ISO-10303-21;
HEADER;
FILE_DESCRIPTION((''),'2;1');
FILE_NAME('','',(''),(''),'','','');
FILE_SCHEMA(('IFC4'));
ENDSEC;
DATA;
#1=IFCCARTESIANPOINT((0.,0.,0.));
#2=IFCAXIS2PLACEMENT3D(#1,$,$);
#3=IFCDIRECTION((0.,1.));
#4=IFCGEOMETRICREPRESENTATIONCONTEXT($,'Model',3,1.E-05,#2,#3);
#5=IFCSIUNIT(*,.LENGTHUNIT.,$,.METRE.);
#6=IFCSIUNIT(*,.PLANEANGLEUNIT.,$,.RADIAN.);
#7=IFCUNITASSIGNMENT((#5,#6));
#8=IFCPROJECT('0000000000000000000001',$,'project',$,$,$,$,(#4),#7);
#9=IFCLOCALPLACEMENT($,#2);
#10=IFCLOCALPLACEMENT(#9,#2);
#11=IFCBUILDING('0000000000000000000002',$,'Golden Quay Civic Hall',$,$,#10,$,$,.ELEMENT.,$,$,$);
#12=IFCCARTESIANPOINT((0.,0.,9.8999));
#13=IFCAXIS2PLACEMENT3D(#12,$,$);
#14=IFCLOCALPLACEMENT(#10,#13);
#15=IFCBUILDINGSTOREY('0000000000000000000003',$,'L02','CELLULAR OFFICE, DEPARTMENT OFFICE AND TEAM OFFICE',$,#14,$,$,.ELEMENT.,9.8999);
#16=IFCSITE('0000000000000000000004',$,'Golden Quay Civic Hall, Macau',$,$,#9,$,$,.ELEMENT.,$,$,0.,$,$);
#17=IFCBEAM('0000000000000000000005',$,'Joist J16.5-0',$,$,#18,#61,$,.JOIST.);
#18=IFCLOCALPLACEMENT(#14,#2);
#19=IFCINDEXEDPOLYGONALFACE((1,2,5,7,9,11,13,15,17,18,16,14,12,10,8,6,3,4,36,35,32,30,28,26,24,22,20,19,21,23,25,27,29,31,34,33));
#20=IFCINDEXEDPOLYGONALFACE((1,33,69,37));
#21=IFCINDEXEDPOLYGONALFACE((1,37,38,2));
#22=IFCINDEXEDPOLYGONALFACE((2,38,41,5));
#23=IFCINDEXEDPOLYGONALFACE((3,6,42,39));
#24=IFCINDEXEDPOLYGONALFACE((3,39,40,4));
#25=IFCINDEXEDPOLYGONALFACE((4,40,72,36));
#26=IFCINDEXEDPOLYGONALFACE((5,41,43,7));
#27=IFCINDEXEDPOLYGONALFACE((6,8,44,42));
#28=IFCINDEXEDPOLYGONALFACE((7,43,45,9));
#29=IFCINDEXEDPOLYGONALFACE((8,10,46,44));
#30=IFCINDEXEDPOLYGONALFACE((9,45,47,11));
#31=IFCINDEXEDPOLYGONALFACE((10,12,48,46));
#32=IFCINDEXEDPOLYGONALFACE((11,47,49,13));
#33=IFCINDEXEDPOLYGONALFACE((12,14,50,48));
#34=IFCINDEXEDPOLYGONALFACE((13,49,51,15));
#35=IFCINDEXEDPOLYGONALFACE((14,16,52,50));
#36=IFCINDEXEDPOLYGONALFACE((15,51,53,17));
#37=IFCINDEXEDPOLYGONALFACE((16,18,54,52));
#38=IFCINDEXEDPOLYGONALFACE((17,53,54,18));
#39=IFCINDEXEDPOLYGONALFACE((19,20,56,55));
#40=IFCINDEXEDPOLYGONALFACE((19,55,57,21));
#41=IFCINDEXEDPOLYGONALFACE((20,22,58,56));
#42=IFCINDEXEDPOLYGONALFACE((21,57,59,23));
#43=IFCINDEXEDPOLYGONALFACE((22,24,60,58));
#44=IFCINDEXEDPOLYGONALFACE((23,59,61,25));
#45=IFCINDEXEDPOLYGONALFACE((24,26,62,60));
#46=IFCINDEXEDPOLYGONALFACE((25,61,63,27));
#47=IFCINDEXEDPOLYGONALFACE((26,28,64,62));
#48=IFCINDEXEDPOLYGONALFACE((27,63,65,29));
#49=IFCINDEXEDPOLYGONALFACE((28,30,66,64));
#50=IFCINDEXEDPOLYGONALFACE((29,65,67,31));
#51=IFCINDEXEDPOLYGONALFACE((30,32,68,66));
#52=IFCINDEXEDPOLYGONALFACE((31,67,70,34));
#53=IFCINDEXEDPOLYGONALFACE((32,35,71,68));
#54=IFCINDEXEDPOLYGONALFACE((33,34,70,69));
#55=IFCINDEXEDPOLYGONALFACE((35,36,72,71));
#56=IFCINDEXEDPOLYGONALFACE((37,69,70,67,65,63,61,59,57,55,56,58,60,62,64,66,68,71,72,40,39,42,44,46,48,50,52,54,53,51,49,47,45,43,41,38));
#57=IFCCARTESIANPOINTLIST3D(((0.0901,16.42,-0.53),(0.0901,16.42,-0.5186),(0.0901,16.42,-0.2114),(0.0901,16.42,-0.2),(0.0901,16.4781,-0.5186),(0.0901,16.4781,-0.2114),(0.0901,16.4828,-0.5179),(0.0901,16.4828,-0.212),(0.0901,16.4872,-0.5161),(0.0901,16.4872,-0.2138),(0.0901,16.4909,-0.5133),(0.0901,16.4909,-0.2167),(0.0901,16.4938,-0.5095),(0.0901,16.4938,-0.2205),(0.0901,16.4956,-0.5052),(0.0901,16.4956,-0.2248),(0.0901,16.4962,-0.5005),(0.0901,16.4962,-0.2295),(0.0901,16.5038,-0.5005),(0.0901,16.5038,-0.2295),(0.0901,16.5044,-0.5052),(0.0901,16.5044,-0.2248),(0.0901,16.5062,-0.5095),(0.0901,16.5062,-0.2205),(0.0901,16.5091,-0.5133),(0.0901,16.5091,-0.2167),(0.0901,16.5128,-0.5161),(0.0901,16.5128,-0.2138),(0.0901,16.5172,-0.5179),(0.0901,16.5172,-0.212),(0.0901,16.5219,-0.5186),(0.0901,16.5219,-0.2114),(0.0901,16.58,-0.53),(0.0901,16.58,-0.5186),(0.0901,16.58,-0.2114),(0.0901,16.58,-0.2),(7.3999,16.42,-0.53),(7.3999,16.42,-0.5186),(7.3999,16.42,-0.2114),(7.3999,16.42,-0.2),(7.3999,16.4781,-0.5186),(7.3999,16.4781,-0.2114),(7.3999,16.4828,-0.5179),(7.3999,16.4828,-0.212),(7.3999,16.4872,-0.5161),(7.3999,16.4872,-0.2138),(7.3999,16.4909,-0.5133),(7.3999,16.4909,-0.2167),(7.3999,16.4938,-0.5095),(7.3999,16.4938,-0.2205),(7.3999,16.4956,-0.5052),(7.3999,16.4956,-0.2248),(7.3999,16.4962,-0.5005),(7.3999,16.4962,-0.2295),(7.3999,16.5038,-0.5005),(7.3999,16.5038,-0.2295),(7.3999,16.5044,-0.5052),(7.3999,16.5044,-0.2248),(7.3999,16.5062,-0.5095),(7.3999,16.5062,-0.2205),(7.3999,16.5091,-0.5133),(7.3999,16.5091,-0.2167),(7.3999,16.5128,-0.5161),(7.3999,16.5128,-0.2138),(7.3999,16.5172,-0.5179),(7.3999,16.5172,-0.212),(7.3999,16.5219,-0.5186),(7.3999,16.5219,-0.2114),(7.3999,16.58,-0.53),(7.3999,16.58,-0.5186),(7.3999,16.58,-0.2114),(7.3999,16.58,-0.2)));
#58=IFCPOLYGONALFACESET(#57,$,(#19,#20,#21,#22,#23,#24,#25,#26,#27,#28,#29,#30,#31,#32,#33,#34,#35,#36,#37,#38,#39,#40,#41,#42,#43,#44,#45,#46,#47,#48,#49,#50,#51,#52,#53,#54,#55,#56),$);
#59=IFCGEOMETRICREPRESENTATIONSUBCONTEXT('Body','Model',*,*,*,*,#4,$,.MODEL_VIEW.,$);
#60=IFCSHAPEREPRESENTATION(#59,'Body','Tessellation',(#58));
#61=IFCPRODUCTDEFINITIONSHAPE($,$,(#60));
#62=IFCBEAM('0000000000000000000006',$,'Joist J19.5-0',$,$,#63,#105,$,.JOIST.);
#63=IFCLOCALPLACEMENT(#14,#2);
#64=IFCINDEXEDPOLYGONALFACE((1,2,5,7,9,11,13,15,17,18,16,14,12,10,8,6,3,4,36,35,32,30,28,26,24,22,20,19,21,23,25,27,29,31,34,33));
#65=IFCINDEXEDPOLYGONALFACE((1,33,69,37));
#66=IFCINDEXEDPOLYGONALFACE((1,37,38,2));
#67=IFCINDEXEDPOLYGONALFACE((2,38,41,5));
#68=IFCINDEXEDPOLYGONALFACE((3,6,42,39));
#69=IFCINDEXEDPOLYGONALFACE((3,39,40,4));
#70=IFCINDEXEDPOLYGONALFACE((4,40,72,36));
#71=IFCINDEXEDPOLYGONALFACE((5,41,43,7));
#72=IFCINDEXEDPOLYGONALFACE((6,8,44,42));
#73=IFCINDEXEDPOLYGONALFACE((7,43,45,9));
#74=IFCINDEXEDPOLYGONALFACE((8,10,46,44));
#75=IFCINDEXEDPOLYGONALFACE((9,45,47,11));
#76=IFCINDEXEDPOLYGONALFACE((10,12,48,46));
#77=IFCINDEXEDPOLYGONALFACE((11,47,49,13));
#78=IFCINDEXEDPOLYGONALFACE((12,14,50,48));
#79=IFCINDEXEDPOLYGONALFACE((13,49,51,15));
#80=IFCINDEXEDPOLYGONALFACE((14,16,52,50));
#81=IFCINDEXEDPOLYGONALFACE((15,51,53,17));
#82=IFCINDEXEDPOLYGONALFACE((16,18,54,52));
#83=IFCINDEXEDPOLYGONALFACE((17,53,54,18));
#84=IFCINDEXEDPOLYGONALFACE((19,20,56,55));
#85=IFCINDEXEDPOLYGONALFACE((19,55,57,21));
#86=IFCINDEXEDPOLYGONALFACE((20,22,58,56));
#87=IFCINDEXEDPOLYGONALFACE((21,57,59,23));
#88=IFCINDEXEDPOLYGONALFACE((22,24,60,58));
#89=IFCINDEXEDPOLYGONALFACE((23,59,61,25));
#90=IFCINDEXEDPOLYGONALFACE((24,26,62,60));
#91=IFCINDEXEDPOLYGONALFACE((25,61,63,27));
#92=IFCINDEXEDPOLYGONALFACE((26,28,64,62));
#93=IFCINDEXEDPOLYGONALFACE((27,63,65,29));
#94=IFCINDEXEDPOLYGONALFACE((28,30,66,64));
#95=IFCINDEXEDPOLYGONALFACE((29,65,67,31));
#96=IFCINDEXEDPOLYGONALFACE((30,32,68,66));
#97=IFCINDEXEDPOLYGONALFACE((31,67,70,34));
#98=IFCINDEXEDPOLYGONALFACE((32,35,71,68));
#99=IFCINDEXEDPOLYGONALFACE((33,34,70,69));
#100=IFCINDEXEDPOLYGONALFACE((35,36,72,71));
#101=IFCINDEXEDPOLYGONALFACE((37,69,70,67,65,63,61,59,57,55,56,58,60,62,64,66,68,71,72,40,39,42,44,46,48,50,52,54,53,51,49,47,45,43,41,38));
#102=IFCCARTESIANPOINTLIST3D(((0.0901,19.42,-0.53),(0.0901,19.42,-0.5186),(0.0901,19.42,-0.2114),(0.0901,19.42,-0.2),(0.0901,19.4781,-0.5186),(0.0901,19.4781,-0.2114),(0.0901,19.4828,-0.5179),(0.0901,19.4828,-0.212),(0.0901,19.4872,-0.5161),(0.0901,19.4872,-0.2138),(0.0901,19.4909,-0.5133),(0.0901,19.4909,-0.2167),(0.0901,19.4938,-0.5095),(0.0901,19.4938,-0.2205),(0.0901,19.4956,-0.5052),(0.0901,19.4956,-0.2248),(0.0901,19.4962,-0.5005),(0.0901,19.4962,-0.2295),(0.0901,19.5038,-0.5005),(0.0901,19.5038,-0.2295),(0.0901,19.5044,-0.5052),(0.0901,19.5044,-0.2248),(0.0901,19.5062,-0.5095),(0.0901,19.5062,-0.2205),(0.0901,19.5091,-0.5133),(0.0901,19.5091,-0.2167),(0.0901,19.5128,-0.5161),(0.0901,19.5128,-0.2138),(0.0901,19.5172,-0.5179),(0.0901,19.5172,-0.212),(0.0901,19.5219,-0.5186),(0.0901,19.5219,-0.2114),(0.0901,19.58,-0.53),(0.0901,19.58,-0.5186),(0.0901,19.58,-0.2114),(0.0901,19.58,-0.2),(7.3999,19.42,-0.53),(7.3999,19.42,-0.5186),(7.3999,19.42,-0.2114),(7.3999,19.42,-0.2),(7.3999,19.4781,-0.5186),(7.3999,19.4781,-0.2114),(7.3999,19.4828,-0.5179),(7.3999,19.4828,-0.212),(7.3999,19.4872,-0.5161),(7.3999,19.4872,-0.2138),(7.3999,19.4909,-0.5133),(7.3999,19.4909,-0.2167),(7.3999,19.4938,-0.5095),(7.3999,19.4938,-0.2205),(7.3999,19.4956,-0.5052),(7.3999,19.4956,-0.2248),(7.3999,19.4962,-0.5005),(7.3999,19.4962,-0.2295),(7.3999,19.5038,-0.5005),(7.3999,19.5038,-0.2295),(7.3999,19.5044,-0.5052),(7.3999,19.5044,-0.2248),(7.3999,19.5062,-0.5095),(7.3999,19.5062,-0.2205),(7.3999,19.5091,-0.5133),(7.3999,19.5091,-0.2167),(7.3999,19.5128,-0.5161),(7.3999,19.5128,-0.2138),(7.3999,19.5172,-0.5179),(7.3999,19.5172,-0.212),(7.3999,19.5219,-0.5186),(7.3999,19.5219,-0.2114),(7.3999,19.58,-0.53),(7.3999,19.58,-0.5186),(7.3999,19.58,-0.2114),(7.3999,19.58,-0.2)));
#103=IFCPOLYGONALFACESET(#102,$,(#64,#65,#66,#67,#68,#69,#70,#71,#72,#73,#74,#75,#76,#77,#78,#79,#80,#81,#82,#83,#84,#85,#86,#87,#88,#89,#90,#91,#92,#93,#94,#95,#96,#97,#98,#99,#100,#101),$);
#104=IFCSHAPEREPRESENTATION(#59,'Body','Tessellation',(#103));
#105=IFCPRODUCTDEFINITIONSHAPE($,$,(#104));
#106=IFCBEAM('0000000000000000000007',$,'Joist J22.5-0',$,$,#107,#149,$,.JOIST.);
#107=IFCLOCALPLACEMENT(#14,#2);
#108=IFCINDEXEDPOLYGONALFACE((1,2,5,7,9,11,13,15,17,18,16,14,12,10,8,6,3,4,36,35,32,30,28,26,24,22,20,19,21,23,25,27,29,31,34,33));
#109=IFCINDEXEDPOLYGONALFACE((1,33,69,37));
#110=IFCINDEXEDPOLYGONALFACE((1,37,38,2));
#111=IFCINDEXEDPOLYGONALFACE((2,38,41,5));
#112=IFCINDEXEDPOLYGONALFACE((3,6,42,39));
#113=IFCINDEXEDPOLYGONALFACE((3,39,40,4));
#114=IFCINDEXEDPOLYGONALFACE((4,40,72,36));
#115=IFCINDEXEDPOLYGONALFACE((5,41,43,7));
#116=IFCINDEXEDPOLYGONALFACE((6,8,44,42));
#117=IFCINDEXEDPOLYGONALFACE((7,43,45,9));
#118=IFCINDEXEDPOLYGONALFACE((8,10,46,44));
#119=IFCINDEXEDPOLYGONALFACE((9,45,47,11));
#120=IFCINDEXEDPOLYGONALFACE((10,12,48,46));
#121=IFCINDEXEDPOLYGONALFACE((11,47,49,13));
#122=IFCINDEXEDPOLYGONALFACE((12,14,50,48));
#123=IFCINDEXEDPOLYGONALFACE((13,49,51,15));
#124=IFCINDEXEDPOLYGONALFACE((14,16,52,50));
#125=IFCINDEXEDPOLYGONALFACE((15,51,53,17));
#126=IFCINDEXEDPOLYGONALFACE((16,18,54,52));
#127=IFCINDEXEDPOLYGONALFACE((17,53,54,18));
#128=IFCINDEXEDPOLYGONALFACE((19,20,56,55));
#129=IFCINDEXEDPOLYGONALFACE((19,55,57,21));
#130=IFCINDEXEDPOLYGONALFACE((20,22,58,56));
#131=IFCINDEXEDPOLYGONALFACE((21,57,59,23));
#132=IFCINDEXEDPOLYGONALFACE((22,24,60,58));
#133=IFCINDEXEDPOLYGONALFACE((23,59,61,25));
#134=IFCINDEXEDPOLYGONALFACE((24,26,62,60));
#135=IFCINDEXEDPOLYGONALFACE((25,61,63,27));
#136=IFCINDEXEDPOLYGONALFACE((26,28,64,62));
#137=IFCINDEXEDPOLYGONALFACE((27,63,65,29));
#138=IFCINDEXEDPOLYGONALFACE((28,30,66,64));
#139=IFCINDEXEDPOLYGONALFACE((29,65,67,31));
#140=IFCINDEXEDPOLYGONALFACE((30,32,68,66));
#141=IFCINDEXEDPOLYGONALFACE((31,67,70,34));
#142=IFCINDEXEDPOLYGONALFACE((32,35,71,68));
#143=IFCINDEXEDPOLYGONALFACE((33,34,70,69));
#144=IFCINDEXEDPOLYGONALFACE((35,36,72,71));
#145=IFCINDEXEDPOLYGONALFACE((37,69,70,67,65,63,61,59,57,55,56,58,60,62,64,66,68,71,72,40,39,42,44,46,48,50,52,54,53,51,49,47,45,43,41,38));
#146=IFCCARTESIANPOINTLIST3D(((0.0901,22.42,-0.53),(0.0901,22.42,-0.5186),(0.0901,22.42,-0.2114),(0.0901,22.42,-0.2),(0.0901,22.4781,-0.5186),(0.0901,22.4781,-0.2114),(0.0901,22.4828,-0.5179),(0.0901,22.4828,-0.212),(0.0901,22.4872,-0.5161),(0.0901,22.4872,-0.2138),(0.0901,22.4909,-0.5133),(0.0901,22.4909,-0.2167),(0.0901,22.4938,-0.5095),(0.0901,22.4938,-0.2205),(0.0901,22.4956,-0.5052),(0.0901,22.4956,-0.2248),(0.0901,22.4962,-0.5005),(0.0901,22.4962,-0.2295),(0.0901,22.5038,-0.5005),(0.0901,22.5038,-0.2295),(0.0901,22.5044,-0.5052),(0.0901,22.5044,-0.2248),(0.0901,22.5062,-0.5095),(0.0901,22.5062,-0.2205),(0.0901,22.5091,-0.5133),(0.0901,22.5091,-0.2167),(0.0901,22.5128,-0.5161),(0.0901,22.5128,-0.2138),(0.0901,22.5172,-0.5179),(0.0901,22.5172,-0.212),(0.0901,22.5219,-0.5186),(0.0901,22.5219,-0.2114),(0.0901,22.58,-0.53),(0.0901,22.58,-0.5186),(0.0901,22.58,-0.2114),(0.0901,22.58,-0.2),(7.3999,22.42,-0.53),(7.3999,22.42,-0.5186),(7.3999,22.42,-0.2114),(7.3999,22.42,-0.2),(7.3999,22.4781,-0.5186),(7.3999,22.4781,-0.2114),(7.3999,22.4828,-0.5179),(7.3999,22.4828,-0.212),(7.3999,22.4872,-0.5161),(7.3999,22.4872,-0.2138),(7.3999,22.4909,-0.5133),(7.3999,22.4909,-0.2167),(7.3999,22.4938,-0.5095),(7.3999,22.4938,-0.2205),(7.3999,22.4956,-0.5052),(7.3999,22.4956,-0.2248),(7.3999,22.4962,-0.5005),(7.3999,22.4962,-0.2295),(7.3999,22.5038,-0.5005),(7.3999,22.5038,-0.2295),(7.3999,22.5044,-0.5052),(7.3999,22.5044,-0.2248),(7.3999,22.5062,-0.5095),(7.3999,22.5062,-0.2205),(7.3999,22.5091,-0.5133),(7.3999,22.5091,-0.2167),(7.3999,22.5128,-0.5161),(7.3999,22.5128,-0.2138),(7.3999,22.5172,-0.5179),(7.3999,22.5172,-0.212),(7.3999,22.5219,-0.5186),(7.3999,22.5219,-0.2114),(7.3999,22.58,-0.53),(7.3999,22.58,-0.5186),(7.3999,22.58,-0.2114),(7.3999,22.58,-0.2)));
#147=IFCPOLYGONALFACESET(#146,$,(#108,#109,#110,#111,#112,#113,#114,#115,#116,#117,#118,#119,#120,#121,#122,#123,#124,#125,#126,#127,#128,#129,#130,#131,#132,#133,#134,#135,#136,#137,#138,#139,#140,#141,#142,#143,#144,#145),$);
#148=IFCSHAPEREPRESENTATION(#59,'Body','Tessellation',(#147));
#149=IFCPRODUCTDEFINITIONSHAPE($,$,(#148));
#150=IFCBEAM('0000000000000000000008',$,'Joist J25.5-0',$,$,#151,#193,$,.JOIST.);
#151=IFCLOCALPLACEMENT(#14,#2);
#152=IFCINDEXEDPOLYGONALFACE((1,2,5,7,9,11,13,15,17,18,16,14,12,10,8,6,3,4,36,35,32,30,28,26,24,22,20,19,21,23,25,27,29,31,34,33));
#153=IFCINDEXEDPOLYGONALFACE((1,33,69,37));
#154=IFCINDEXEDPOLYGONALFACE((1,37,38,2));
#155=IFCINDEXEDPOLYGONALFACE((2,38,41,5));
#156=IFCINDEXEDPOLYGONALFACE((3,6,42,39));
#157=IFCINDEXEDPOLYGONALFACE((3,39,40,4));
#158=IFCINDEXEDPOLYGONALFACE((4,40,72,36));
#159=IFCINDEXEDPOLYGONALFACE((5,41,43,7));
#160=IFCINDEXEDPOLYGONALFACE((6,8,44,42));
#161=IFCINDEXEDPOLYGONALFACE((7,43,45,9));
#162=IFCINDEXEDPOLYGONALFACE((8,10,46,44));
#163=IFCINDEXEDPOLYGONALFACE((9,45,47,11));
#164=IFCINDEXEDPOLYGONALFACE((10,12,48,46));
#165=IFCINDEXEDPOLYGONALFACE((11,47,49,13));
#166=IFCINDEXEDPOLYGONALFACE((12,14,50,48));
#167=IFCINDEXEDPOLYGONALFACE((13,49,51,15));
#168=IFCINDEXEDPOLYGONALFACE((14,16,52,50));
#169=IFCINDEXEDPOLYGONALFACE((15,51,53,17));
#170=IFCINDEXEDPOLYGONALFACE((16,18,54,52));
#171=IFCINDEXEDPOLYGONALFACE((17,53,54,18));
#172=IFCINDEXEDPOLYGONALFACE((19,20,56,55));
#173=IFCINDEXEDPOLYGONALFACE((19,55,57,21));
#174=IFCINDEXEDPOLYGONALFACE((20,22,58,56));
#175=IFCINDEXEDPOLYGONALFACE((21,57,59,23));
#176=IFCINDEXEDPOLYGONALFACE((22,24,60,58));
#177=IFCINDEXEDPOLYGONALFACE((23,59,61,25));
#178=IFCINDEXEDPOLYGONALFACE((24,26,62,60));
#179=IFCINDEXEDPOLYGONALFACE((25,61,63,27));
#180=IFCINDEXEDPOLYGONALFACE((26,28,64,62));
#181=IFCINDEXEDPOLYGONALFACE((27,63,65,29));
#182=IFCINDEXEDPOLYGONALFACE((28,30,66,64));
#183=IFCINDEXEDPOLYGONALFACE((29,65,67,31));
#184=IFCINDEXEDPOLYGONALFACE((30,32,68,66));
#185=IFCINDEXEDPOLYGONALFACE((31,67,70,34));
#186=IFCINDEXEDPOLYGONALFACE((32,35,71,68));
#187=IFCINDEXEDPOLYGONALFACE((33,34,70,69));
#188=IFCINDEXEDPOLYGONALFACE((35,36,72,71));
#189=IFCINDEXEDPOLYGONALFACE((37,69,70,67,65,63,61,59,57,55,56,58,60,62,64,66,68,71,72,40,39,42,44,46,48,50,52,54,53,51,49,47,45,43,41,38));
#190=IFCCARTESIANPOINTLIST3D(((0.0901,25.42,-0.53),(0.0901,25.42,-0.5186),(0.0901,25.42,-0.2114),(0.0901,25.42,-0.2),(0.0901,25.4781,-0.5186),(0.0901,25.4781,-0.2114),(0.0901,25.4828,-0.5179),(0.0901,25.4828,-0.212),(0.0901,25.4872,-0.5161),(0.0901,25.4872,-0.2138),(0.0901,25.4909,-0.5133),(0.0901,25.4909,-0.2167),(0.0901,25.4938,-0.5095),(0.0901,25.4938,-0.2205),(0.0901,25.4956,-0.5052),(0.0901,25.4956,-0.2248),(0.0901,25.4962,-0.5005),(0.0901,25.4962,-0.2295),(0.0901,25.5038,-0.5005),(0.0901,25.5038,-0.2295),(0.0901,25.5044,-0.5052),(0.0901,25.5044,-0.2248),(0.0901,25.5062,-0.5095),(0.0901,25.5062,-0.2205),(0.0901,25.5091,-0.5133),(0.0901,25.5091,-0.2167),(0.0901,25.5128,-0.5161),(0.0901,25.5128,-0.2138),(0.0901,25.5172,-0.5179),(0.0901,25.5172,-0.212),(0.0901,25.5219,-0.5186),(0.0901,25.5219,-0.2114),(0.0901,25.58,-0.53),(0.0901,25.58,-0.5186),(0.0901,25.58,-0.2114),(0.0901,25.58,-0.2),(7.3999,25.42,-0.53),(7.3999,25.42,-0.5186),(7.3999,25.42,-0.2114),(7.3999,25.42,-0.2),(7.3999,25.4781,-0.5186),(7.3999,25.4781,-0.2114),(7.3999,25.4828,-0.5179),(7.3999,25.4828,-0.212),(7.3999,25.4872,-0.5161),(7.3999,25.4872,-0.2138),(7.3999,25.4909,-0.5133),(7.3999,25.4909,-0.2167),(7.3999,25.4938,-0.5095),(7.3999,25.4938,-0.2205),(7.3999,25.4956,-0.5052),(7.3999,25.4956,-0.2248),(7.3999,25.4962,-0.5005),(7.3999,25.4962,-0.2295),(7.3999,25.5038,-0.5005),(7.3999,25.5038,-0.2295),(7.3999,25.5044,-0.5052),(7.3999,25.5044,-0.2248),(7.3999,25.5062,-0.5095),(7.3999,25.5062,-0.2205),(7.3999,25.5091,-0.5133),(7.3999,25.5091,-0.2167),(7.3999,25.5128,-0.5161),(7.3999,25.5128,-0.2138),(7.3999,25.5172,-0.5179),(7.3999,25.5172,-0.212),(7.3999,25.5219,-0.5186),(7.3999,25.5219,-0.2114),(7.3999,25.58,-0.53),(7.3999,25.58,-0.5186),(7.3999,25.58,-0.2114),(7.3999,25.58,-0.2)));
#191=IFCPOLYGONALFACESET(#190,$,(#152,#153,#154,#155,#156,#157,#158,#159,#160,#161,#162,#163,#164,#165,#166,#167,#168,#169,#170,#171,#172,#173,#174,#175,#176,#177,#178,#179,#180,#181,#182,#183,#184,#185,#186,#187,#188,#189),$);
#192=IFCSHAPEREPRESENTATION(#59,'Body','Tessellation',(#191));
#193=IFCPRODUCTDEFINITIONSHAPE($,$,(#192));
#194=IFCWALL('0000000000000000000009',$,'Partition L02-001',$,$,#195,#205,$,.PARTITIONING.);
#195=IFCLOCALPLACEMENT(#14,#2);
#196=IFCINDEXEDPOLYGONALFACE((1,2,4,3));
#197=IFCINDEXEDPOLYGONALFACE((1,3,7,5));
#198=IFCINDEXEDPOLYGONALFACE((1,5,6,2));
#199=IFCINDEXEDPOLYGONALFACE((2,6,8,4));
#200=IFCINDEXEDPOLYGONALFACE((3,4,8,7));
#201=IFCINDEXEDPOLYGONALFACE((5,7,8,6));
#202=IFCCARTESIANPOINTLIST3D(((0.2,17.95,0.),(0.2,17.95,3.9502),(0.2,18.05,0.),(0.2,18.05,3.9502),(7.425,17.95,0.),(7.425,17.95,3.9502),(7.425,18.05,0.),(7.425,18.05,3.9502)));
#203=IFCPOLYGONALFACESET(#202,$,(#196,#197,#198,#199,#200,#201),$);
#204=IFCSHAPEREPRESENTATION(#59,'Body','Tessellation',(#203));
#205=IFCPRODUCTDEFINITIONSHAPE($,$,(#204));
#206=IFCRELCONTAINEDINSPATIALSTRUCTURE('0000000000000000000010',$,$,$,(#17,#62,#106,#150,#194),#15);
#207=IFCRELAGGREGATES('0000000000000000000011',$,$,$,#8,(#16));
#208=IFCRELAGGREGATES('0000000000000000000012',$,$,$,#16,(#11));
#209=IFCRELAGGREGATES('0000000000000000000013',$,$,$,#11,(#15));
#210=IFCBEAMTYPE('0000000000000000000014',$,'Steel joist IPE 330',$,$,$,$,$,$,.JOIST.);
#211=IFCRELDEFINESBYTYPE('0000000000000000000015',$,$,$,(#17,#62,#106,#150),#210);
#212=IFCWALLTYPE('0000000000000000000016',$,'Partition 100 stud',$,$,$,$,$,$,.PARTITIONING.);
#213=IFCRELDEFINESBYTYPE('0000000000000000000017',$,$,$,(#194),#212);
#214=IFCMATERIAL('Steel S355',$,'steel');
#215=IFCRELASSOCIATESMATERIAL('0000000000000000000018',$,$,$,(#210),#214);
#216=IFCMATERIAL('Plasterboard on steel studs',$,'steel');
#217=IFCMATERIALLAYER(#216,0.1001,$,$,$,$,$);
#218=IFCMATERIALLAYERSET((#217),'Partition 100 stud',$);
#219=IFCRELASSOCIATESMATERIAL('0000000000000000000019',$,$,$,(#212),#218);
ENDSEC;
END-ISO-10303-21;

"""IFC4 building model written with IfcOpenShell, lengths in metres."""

from ifc_helpers import new_model, si_unit, direction, frame, frame_2d, origin, origin_2d, place, context, subcontext, project, spatial, rectangle, i_section, extrude, material, layer, layer_set, material_profile, profile_set, type_object, element, save


model = new_model("IFC4")

# Units and contexts
model_context = context("Model", 3, precision=1e-05, world=origin(), true_north=direction((0.0, 1.0)))
body_context = subcontext(model_context, "Body", "Model", "MODEL_VIEW")
ifc_project = project(units=[si_unit("LENGTHUNIT", "METRE"), si_unit("PLANEANGLEUNIT", "RADIAN")], contexts=[model_context])

# Site, building, storey
site_placement = place(None, origin())
site = spatial("IfcSite", under=ifc_project, at=site_placement, Name="Golden Quay Civic Hall, Macau", CompositionType="ELEMENT", RefElevation=0.0)
building_placement = place(site_placement, origin())
building = spatial("IfcBuilding", under=site, at=building_placement, Name="Golden Quay Civic Hall", CompositionType="ELEMENT")
storey_placement = place(building_placement, frame((0.0, 0.0, 9.8999)))
storey = spatial("IfcBuildingStorey", under=building, at=storey_placement, Name="L02", Description="CELLULAR OFFICE, DEPARTMENT OFFICE AND TEAM OFFICE", CompositionType="ELEMENT", Elevation=9.8999)

# Beams
ifc_material_1 = material(Name="Steel S355", Category="steel")
ifc_material_profile_1 = material_profile(ifc_material_1, i_section(OverallWidth=0.1599, OverallDepth=0.3301, WebThickness=0.0076, FlangeThickness=0.0115, FilletRadius=0.0181, at=origin_2d()), Name="IPE 330")
ifc_profile_set_1 = profile_set([ifc_material_profile_1], Name="Steel S355")
beam_type_1 = type_object("IfcBeamType", Name="Steel joist IPE 330", PredefinedType="JOIST", material=ifc_profile_set_1)
for number, where, z_axis, x_axis, name in (
    (1, (0.0901, 16.5, -0.365), (1.0, 0.0, 0.0), (0.0, 1.0, 0.0), "Joist J16.5-0"),
    (2, (0.0901, 19.5, -0.365), (1.0, 0.0, 0.0), (0.0, 1.0, 0.0), "Joist J19.5-0"),
    (3, (0.0901, 22.5, -0.365), (1.0, 0.0, 0.0), (0.0, 1.0, 0.0), "Joist J22.5-0"),
    (4, (0.0901, 25.5, -0.365), (1.0, 0.0, 0.0), (0.0, 1.0, 0.0), "Joist J25.5-0"),
):
    element("IfcBeam", number, at=place(storey_placement, frame(where, z_axis=z_axis, x_axis=x_axis)), inside=storey, type_object=beam_type_1, Name=name, PredefinedType="JOIST", context=body_context, shape_type="SweptSolid", body=[
        extrude(i_section(OverallWidth=0.1599, OverallDepth=0.3301, WebThickness=0.0076, FlangeThickness=0.0115, FilletRadius=0.0181, at=origin_2d()), origin(), (0.0, 0.0, 1.0), 7.3098),
    ])

# Wall
ifc_material_2 = material(Name="Plasterboard on steel studs", Category="steel")
ifc_layer_1 = layer(ifc_material_2, 0.1001)
ifc_layer_set_1 = layer_set([ifc_layer_1], Name="Partition 100 stud")
wall_type_1 = type_object("IfcWallType", Name="Partition 100 stud", PredefinedType="PARTITIONING", material=ifc_layer_set_1)
wall_1_placement = place(storey_placement, frame((0.2, 18.0, 0.0), z_axis=(0.0, 0.0, 1.0), x_axis=(1.0, 0.0, 0.0)))
element("IfcWall", 5, at=wall_1_placement, inside=storey, type_object=wall_type_1, Name="Partition L02-001", PredefinedType="PARTITIONING", context=body_context, shape_type="SweptSolid", body=[
    extrude(rectangle(XDim=7.2251, YDim=0.1001, at=frame_2d((3.6125, 0.0))), origin(), (0.0, 0.0, 1.0), 3.9502),
])

save(model, "model.ifc")
